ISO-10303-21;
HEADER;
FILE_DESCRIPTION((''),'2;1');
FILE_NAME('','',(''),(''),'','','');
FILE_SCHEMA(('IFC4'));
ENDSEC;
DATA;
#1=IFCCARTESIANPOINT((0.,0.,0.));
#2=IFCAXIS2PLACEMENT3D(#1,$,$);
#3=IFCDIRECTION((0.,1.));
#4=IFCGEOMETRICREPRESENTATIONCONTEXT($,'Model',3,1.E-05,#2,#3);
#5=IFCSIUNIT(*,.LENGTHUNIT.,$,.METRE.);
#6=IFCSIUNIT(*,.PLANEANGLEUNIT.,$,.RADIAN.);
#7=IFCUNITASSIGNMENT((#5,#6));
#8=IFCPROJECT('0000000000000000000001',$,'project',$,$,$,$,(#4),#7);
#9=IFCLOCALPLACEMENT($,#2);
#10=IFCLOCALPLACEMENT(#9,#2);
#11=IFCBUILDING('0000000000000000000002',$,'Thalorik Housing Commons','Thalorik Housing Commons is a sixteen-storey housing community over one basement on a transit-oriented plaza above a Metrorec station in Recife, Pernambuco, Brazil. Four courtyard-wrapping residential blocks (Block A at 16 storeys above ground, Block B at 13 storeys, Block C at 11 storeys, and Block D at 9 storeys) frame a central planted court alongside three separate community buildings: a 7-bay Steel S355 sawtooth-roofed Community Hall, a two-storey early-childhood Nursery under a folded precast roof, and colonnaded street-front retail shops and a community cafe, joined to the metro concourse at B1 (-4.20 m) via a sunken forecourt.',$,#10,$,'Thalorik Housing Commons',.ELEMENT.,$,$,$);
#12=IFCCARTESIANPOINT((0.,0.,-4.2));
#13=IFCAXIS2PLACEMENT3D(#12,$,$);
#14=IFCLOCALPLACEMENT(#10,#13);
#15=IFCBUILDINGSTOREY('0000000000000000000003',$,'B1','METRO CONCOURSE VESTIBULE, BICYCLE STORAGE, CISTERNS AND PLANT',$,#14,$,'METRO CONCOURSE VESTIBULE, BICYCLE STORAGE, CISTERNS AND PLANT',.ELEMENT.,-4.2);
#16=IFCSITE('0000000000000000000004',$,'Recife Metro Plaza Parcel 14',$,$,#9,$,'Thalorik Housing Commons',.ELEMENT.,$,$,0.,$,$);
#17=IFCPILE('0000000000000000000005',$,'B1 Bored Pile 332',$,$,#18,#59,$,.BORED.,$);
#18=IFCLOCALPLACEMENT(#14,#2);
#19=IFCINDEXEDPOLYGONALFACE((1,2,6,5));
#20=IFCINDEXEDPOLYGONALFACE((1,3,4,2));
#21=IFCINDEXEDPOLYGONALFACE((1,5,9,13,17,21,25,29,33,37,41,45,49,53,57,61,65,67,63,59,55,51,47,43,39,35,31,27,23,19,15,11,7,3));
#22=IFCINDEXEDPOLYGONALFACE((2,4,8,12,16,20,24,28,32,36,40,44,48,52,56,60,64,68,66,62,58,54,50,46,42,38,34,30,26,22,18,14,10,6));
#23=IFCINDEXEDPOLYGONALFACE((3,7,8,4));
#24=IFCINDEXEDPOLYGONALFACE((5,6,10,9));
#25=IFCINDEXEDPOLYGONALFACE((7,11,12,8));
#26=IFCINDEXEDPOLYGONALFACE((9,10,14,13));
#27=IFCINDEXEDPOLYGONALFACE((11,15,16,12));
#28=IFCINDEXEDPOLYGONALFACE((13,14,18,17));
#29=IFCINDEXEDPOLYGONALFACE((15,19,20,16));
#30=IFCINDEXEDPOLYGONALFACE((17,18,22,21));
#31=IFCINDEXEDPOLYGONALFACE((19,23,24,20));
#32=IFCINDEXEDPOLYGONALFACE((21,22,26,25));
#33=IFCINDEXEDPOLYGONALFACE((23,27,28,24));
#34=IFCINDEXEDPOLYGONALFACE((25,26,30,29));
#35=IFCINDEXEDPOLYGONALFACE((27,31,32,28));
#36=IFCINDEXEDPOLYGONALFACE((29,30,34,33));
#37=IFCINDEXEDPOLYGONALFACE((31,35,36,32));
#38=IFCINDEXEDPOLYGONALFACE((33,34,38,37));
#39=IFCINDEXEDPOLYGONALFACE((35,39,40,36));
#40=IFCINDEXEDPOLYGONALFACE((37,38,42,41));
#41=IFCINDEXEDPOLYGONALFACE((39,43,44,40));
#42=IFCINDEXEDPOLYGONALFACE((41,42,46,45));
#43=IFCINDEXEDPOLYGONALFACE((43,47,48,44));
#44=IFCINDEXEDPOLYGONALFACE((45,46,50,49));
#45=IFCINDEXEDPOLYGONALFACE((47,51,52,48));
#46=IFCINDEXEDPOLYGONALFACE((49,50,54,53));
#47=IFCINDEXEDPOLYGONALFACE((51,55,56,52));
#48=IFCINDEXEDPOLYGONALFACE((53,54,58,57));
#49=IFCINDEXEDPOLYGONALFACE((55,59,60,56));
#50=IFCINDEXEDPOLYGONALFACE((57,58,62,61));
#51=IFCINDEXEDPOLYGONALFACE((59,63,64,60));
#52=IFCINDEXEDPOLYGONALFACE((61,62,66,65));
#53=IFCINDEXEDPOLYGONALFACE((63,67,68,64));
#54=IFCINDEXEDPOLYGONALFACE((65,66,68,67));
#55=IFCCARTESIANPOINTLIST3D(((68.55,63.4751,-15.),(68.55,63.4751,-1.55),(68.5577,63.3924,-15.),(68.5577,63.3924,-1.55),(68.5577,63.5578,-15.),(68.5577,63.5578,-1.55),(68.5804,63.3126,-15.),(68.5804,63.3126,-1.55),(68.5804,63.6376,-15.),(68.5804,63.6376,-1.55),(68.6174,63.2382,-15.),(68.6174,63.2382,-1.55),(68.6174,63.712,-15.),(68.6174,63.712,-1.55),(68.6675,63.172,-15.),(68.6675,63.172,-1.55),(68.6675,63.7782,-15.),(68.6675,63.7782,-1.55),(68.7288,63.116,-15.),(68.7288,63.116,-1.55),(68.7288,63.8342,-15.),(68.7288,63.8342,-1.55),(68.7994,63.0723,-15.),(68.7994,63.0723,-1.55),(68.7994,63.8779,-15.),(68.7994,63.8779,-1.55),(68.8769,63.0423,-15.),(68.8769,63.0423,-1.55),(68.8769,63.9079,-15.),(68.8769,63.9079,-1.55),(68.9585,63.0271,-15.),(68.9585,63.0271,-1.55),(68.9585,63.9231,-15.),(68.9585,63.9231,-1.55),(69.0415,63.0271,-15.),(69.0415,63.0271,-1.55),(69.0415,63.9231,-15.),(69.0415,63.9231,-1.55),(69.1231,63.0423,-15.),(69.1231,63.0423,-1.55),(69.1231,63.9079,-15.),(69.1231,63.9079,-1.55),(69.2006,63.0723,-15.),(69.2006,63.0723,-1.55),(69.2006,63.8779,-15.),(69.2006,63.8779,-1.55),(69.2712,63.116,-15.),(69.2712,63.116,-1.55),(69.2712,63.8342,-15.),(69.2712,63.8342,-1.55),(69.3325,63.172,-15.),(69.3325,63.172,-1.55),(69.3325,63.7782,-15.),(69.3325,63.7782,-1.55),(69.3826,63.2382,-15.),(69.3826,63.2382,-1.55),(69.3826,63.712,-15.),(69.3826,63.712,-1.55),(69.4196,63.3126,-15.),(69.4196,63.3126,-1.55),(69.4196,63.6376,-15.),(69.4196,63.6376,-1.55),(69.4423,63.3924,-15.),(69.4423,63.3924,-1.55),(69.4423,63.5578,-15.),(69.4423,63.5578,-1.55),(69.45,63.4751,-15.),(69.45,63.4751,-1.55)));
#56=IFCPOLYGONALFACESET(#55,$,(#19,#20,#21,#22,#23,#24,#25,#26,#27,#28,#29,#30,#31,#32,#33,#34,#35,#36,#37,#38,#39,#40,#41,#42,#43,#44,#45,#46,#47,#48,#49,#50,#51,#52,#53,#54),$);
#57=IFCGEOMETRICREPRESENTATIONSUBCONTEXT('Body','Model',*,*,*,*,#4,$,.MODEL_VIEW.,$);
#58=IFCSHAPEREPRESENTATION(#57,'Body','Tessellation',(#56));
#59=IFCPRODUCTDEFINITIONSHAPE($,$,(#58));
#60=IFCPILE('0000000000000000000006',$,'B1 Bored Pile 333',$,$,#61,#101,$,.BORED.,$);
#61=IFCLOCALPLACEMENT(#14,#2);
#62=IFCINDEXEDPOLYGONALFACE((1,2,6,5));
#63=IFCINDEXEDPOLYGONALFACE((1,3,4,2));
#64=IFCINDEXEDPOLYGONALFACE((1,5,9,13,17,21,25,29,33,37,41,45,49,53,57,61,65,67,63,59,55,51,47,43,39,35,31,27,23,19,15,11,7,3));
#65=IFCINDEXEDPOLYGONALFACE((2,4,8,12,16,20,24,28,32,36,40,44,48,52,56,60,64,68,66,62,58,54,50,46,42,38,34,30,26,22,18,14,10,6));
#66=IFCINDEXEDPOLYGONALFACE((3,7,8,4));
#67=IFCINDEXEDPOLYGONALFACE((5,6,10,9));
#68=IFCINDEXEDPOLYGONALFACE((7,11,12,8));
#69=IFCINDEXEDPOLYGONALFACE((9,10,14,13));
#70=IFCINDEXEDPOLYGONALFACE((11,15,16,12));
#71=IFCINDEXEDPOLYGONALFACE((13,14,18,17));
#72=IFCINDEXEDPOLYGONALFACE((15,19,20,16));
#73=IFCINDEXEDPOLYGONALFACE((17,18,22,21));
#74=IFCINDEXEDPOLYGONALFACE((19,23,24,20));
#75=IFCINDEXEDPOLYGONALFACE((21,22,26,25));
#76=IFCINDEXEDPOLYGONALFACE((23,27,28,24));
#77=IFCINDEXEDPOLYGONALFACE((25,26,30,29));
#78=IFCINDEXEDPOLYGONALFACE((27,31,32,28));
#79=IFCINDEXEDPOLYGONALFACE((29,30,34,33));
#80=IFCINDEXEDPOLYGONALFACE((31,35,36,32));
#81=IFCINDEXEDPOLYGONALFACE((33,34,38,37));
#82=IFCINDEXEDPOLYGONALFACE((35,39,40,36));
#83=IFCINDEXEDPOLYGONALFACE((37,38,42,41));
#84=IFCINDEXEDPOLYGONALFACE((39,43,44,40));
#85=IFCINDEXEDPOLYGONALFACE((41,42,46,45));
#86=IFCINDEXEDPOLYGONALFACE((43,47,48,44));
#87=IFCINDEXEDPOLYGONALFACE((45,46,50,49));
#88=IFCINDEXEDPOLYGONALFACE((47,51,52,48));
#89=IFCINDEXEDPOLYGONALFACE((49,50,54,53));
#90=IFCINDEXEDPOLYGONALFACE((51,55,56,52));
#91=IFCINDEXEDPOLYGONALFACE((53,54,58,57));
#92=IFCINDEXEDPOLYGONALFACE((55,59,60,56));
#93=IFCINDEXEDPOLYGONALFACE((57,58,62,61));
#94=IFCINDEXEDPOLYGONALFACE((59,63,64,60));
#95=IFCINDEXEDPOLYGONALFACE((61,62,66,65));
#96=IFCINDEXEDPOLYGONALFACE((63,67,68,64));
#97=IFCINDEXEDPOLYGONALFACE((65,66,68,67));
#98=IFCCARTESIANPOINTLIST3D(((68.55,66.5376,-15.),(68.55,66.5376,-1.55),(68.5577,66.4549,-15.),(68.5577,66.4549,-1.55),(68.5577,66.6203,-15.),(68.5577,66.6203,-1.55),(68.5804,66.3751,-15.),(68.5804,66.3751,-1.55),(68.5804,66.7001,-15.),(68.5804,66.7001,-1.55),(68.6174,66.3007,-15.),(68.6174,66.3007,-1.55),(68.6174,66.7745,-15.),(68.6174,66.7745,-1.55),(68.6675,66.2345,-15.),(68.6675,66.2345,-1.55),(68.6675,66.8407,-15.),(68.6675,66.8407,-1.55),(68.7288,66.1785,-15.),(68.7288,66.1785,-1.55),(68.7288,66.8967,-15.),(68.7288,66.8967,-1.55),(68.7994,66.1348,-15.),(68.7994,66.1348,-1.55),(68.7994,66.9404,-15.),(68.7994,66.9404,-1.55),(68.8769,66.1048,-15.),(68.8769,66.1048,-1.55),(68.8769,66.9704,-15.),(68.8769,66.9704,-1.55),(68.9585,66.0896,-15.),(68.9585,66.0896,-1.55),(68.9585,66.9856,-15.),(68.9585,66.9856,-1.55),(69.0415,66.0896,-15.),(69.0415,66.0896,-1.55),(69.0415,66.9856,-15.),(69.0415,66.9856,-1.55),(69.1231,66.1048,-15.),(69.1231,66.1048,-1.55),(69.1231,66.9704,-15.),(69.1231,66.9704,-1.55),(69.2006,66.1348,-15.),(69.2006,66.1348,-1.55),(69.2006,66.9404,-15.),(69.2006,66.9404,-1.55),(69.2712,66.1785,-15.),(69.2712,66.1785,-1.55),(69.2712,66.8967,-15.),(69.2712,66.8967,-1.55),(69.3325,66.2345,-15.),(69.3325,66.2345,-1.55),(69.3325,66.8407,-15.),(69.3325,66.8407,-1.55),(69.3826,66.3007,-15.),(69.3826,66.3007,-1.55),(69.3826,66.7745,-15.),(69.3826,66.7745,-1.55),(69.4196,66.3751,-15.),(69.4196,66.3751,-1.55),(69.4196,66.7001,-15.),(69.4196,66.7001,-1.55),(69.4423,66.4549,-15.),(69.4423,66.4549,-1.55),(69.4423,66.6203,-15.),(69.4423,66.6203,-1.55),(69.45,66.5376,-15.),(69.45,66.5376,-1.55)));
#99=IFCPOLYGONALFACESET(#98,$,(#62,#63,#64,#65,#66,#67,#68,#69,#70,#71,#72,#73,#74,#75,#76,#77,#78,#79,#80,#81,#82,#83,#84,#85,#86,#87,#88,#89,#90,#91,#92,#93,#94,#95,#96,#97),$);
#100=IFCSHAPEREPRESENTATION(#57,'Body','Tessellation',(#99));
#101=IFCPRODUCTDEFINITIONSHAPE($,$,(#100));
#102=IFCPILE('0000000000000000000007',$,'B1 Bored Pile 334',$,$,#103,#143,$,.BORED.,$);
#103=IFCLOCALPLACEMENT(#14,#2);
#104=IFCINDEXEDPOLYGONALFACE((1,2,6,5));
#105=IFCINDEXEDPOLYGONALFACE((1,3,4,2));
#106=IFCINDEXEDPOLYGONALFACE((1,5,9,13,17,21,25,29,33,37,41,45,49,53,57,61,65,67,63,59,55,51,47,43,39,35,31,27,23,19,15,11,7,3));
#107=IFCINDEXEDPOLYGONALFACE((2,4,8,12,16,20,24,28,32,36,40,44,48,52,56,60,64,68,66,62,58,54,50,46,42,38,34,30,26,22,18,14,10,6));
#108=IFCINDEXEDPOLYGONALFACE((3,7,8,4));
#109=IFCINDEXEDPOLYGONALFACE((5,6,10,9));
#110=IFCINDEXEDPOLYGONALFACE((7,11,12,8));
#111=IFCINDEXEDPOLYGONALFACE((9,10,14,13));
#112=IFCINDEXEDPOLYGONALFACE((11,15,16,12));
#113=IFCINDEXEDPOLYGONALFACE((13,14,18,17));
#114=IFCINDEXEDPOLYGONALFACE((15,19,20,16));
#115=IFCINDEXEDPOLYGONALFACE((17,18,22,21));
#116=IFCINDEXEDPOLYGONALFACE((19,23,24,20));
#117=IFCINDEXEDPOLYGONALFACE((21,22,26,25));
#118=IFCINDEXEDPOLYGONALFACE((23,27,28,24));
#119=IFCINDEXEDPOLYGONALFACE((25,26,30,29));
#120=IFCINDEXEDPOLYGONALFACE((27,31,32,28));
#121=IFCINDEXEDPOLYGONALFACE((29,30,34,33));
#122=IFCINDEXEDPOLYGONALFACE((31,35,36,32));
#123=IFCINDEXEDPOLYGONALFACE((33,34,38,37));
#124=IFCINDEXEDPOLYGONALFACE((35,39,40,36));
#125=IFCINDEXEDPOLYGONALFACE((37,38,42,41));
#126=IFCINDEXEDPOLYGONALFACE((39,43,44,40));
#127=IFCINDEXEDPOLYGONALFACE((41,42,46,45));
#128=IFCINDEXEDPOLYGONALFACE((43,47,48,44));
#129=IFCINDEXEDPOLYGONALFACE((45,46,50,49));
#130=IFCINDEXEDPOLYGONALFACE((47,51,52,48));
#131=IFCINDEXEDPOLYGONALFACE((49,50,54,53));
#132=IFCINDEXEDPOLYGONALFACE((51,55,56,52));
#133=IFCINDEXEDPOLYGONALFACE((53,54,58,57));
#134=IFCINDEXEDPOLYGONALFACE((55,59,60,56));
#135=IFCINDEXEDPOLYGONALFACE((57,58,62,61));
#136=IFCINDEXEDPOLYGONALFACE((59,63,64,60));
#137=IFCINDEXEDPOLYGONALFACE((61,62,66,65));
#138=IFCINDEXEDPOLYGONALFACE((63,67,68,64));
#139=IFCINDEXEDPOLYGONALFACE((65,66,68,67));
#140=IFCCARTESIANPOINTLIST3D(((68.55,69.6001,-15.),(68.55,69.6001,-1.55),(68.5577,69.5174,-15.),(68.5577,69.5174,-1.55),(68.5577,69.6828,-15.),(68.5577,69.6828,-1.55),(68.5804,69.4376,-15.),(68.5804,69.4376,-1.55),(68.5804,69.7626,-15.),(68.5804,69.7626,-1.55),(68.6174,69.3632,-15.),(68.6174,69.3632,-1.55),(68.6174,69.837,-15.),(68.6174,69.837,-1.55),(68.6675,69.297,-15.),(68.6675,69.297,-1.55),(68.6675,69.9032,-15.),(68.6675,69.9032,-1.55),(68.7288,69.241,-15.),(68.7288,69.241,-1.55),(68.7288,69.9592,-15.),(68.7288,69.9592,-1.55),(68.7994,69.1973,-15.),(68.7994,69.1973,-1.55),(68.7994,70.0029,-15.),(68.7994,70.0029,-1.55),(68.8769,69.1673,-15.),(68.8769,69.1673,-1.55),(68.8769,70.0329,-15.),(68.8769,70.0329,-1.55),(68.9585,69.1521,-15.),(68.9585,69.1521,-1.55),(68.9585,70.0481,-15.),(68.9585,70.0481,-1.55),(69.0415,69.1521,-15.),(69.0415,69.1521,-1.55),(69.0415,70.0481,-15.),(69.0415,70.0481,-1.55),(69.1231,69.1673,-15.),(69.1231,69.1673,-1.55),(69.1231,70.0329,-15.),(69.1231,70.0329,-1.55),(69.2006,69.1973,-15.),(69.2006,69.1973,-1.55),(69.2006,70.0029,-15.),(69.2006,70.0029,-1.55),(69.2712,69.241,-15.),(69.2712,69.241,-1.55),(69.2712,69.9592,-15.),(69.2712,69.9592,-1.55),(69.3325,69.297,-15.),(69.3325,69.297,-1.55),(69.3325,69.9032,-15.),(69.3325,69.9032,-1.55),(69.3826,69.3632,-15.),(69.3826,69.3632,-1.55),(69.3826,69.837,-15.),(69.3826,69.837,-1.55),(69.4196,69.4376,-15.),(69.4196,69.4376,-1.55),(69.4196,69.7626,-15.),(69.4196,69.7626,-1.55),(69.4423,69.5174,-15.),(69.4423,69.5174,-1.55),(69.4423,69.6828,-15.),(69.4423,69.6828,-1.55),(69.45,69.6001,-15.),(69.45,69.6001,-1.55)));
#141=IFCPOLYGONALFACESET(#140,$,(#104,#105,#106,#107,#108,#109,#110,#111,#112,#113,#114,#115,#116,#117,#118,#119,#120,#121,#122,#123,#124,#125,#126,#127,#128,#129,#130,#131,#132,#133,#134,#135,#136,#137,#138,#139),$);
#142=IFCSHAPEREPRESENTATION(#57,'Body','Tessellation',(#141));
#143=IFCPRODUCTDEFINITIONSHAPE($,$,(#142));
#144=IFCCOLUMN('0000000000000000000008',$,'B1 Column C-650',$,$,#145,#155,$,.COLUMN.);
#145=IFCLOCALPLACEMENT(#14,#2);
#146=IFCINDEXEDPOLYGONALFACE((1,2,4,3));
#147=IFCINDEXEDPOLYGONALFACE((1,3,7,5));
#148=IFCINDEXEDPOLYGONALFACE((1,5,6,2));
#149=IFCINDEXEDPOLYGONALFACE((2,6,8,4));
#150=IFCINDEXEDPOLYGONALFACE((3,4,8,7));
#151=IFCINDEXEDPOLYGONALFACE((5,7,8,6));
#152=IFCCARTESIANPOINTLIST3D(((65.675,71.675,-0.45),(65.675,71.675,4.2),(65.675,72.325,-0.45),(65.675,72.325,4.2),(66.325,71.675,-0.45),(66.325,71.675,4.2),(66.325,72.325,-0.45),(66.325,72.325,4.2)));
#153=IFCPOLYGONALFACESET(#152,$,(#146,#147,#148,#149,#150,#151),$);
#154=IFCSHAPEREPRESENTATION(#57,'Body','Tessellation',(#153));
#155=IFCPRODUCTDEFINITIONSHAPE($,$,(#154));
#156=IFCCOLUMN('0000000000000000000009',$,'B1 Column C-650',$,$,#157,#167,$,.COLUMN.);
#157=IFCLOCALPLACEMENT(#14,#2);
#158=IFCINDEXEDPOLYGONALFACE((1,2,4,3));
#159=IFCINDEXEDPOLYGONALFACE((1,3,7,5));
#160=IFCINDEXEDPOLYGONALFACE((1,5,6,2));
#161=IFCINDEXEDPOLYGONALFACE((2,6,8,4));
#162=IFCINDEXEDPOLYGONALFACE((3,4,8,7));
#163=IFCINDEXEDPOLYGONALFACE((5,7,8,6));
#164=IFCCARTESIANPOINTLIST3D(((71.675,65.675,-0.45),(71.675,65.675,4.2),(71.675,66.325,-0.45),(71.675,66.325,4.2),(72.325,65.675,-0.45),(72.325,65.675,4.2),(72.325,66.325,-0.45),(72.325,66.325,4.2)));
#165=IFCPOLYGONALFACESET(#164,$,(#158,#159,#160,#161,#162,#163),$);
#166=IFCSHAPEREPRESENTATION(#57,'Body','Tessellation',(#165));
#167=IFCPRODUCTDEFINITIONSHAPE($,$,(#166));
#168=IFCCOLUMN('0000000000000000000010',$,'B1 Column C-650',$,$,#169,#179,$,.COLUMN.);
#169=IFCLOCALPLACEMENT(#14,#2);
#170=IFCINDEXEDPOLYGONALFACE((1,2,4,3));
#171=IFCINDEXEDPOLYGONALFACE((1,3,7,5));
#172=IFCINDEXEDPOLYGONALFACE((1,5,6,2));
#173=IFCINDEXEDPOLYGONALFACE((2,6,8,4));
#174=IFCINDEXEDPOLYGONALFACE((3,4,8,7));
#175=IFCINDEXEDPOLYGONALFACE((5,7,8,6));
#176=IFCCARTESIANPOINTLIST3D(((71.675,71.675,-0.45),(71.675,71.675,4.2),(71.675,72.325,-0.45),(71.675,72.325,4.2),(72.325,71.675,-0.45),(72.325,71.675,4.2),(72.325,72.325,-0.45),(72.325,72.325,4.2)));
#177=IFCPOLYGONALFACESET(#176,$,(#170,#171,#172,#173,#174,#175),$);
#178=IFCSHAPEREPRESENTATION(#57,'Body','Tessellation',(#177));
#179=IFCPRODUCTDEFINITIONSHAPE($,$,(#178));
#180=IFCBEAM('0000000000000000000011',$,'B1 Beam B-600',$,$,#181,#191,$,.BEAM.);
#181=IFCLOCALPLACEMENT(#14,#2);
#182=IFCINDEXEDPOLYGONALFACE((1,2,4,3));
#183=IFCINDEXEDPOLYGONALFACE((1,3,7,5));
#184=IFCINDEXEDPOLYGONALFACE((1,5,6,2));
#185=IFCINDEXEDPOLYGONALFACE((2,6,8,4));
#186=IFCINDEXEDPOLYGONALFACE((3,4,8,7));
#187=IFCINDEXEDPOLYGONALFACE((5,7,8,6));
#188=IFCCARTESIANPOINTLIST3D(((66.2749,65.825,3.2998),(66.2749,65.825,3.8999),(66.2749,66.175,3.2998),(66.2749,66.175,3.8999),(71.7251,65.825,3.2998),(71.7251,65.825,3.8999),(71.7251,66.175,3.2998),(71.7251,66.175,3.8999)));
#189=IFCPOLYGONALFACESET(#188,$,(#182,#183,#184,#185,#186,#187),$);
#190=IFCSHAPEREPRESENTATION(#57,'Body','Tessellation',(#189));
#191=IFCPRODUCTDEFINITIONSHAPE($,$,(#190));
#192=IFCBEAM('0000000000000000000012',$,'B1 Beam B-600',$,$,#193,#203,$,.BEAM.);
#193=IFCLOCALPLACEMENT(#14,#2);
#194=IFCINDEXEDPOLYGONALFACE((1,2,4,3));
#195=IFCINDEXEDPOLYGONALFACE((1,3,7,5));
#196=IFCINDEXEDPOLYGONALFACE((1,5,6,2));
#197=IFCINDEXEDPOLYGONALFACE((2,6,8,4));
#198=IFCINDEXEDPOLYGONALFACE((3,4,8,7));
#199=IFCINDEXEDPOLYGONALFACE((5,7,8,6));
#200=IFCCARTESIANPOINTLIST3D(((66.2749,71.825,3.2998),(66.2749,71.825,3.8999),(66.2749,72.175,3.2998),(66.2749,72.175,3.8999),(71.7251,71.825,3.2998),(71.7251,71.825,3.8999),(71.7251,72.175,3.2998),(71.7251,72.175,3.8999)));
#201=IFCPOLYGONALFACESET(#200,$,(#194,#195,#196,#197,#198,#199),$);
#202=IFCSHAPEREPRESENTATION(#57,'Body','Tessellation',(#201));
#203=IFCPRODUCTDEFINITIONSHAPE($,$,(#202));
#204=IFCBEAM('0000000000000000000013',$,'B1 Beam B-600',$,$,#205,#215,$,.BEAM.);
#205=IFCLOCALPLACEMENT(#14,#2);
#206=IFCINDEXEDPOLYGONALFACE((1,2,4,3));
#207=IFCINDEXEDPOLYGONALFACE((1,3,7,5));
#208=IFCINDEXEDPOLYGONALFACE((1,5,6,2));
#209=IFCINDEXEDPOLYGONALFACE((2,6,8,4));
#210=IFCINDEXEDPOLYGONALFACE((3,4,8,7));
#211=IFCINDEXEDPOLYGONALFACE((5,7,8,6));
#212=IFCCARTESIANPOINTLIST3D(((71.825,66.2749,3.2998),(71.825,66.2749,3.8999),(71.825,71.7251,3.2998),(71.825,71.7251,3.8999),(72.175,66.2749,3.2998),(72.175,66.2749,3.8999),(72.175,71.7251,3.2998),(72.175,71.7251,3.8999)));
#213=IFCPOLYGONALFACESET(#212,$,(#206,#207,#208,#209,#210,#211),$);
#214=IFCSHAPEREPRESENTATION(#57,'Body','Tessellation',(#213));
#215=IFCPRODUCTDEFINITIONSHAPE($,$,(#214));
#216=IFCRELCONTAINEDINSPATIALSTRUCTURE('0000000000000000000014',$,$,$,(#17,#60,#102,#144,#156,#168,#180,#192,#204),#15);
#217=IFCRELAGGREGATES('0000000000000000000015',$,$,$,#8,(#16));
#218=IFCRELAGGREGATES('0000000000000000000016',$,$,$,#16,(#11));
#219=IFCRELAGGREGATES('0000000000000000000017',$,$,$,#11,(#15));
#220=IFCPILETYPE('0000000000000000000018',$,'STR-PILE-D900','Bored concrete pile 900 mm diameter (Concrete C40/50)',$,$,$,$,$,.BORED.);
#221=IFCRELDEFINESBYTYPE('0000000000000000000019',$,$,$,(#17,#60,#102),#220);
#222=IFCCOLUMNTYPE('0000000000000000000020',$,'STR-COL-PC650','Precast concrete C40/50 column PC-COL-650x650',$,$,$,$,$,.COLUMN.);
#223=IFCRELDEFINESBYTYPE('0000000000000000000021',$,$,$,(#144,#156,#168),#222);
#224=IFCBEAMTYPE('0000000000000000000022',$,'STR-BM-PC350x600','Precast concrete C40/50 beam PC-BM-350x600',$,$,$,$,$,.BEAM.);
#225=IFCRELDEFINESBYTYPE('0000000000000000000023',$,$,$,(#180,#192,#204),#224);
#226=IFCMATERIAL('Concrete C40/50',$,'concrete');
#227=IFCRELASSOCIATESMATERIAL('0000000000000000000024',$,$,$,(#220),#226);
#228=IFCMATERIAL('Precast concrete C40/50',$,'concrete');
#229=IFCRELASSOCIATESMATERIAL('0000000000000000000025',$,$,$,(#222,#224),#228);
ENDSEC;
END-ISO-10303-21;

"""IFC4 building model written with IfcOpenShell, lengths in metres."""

from ifc_helpers import new_model, si_unit, direction, frame, origin, origin_2d, place, context, subcontext, project, spatial, rectangle, circle, extrude, material, material_profile, profile_set, type_object, element, save


model = new_model("IFC4")

# Units and contexts
model_context = context("Model", 3, precision=1e-05, world=origin(), true_north=direction((0.0, 1.0)))
body_context = subcontext(model_context, "Body", "Model", "MODEL_VIEW")
ifc_project = project(units=[si_unit("LENGTHUNIT", "METRE"), si_unit("PLANEANGLEUNIT", "RADIAN")], contexts=[model_context])

# Site, building, storey
site_placement = place(None, origin())
site = spatial("IfcSite", under=ifc_project, at=site_placement, Name="Recife Metro Plaza Parcel 14", LongName="Thalorik Housing Commons", CompositionType="ELEMENT", RefElevation=0.0)
building_placement = place(site_placement, origin())
building = spatial("IfcBuilding", under=site, at=building_placement, Name="Thalorik Housing Commons", Description="Thalorik Housing Commons is a sixteen-storey housing community over one basement on a transit-oriented plaza above a Metrorec station in Recife, Pernambuco, Brazil. Four courtyard-wrapping residential blocks (Block A at 16 storeys above ground, Block B at 13 storeys, Block C at 11 storeys, and Block D at 9 storeys) frame a central planted court alongside three separate community buildings: a 7-bay Steel S355 sawtooth-roofed Community Hall, a two-storey early-childhood Nursery under a folded precast roof, and colonnaded street-front retail shops and a community cafe, joined to the metro concourse at B1 (-4.20 m) via a sunken forecourt.", LongName="Thalorik Housing Commons", CompositionType="ELEMENT")
storey_placement = place(building_placement, frame((0.0, 0.0, -4.2)))
storey = spatial("IfcBuildingStorey", under=building, at=storey_placement, Name="B1", Description="METRO CONCOURSE VESTIBULE, BICYCLE STORAGE, CISTERNS AND PLANT", LongName="METRO CONCOURSE VESTIBULE, BICYCLE STORAGE, CISTERNS AND PLANT", CompositionType="ELEMENT", Elevation=-4.2)

# Shared definitions
ifc_material_1 = material(Name="Concrete C40/50", Category="concrete")

# Piles
ifc_material_profile_1 = material_profile(ifc_material_1, circle(Radius=0.45, at=origin_2d()), Name="BORED PILE D900", Category="concrete")
ifc_profile_set_1 = profile_set([ifc_material_profile_1], Name="Concrete C40/50")
pile_type_1 = type_object("IfcPileType", Name="STR-PILE-D900", Description="Bored concrete pile 900 mm diameter (Concrete C40/50)", PredefinedType="BORED", material=ifc_profile_set_1)
for number, where, z_axis, x_axis, name in (
    (1, (69.0, 63.4751, -1.55), (0.0, 0.0, -1.0), (1.0, 0.0, 0.0), "B1 Bored Pile 332"),
    (2, (69.0, 66.5376, -1.55), (0.0, 0.0, -1.0), (1.0, 0.0, 0.0), "B1 Bored Pile 333"),
    (3, (69.0, 69.6001, -1.55), (0.0, 0.0, -1.0), (1.0, 0.0, 0.0), "B1 Bored Pile 334"),
):
    element("IfcPile", number, at=place(storey_placement, frame(where, z_axis=z_axis, x_axis=x_axis)), inside=storey, type_object=pile_type_1, Name=name, PredefinedType="BORED", context=body_context, shape_type="SweptSolid", body=[
        extrude(circle(Radius=0.45, at=origin_2d()), origin(), (0.0, 0.0, 1.0), 13.45),
    ])

# Columns
ifc_material_2 = material(Name="Precast concrete C40/50", Category="concrete")
ifc_material_profile_2 = material_profile(ifc_material_2, rectangle(XDim=0.6499, YDim=0.6499, at=origin_2d()), Name="PC 650x650", Category="concrete")
ifc_profile_set_2 = profile_set([ifc_material_profile_2], Name="Precast concrete C40/50")
column_type = type_object("IfcColumnType", Name="STR-COL-PC650", Description="Precast concrete C40/50 column PC-COL-650x650", PredefinedType="COLUMN", material=ifc_profile_set_2)
for number, where, z_axis, x_axis, name in (
    (4, (66.0, 72.0, -0.45), (0.0, 0.0, 1.0), (1.0, 0.0, 0.0), "B1 Column C-650"),
    (5, (72.0, 66.0, -0.45), (0.0, 0.0, 1.0), (1.0, 0.0, 0.0), "B1 Column C-650"),
    (6, (72.0, 72.0, -0.45), (0.0, 0.0, 1.0), (1.0, 0.0, 0.0), "B1 Column C-650"),
):
    element("IfcColumn", number, at=place(storey_placement, frame(where, z_axis=z_axis, x_axis=x_axis)), inside=storey, type_object=column_type, Name=name, PredefinedType="COLUMN", context=body_context, shape_type="SweptSolid", body=[
        extrude(rectangle(XDim=0.6499, YDim=0.6499, at=origin_2d()), origin(), (0.0, 0.0, 1.0), 4.6499),
    ])

# Beams
ifc_material_profile_3 = material_profile(ifc_material_2, rectangle(XDim=0.3501, YDim=0.6001, at=origin_2d()), Name="PC 350x600", Category="concrete")
ifc_profile_set_3 = profile_set([ifc_material_profile_3], Name="Precast concrete C40/50")
beam_type_1 = type_object("IfcBeamType", Name="STR-BM-PC350x600", Description="Precast concrete C40/50 beam PC-BM-350x600", PredefinedType="BEAM", material=ifc_profile_set_3)
for number, where, z_axis, x_axis, name in (
    (7, (66.2749, 66.0, 3.5999), (1.0, 0.0, 0.0), (0.0, 1.0, 0.0), "B1 Beam B-600"),
    (8, (66.2749, 72.0, 3.5999), (1.0, 0.0, 0.0), (0.0, 1.0, 0.0), "B1 Beam B-600"),
    (9, (72.0, 66.2749, 3.5999), (0.0, 1.0, 0.0), (-1.0, 0.0, 0.0), "B1 Beam B-600"),
):
    element("IfcBeam", number, at=place(storey_placement, frame(where, z_axis=z_axis, x_axis=x_axis)), inside=storey, type_object=beam_type_1, Name=name, PredefinedType="BEAM", context=body_context, shape_type="SweptSolid", body=[
        extrude(rectangle(XDim=0.3501, YDim=0.6001, at=origin_2d()), origin(), (0.0, 0.0, 1.0), 5.4502),
    ])

save(model, "model.ifc")
